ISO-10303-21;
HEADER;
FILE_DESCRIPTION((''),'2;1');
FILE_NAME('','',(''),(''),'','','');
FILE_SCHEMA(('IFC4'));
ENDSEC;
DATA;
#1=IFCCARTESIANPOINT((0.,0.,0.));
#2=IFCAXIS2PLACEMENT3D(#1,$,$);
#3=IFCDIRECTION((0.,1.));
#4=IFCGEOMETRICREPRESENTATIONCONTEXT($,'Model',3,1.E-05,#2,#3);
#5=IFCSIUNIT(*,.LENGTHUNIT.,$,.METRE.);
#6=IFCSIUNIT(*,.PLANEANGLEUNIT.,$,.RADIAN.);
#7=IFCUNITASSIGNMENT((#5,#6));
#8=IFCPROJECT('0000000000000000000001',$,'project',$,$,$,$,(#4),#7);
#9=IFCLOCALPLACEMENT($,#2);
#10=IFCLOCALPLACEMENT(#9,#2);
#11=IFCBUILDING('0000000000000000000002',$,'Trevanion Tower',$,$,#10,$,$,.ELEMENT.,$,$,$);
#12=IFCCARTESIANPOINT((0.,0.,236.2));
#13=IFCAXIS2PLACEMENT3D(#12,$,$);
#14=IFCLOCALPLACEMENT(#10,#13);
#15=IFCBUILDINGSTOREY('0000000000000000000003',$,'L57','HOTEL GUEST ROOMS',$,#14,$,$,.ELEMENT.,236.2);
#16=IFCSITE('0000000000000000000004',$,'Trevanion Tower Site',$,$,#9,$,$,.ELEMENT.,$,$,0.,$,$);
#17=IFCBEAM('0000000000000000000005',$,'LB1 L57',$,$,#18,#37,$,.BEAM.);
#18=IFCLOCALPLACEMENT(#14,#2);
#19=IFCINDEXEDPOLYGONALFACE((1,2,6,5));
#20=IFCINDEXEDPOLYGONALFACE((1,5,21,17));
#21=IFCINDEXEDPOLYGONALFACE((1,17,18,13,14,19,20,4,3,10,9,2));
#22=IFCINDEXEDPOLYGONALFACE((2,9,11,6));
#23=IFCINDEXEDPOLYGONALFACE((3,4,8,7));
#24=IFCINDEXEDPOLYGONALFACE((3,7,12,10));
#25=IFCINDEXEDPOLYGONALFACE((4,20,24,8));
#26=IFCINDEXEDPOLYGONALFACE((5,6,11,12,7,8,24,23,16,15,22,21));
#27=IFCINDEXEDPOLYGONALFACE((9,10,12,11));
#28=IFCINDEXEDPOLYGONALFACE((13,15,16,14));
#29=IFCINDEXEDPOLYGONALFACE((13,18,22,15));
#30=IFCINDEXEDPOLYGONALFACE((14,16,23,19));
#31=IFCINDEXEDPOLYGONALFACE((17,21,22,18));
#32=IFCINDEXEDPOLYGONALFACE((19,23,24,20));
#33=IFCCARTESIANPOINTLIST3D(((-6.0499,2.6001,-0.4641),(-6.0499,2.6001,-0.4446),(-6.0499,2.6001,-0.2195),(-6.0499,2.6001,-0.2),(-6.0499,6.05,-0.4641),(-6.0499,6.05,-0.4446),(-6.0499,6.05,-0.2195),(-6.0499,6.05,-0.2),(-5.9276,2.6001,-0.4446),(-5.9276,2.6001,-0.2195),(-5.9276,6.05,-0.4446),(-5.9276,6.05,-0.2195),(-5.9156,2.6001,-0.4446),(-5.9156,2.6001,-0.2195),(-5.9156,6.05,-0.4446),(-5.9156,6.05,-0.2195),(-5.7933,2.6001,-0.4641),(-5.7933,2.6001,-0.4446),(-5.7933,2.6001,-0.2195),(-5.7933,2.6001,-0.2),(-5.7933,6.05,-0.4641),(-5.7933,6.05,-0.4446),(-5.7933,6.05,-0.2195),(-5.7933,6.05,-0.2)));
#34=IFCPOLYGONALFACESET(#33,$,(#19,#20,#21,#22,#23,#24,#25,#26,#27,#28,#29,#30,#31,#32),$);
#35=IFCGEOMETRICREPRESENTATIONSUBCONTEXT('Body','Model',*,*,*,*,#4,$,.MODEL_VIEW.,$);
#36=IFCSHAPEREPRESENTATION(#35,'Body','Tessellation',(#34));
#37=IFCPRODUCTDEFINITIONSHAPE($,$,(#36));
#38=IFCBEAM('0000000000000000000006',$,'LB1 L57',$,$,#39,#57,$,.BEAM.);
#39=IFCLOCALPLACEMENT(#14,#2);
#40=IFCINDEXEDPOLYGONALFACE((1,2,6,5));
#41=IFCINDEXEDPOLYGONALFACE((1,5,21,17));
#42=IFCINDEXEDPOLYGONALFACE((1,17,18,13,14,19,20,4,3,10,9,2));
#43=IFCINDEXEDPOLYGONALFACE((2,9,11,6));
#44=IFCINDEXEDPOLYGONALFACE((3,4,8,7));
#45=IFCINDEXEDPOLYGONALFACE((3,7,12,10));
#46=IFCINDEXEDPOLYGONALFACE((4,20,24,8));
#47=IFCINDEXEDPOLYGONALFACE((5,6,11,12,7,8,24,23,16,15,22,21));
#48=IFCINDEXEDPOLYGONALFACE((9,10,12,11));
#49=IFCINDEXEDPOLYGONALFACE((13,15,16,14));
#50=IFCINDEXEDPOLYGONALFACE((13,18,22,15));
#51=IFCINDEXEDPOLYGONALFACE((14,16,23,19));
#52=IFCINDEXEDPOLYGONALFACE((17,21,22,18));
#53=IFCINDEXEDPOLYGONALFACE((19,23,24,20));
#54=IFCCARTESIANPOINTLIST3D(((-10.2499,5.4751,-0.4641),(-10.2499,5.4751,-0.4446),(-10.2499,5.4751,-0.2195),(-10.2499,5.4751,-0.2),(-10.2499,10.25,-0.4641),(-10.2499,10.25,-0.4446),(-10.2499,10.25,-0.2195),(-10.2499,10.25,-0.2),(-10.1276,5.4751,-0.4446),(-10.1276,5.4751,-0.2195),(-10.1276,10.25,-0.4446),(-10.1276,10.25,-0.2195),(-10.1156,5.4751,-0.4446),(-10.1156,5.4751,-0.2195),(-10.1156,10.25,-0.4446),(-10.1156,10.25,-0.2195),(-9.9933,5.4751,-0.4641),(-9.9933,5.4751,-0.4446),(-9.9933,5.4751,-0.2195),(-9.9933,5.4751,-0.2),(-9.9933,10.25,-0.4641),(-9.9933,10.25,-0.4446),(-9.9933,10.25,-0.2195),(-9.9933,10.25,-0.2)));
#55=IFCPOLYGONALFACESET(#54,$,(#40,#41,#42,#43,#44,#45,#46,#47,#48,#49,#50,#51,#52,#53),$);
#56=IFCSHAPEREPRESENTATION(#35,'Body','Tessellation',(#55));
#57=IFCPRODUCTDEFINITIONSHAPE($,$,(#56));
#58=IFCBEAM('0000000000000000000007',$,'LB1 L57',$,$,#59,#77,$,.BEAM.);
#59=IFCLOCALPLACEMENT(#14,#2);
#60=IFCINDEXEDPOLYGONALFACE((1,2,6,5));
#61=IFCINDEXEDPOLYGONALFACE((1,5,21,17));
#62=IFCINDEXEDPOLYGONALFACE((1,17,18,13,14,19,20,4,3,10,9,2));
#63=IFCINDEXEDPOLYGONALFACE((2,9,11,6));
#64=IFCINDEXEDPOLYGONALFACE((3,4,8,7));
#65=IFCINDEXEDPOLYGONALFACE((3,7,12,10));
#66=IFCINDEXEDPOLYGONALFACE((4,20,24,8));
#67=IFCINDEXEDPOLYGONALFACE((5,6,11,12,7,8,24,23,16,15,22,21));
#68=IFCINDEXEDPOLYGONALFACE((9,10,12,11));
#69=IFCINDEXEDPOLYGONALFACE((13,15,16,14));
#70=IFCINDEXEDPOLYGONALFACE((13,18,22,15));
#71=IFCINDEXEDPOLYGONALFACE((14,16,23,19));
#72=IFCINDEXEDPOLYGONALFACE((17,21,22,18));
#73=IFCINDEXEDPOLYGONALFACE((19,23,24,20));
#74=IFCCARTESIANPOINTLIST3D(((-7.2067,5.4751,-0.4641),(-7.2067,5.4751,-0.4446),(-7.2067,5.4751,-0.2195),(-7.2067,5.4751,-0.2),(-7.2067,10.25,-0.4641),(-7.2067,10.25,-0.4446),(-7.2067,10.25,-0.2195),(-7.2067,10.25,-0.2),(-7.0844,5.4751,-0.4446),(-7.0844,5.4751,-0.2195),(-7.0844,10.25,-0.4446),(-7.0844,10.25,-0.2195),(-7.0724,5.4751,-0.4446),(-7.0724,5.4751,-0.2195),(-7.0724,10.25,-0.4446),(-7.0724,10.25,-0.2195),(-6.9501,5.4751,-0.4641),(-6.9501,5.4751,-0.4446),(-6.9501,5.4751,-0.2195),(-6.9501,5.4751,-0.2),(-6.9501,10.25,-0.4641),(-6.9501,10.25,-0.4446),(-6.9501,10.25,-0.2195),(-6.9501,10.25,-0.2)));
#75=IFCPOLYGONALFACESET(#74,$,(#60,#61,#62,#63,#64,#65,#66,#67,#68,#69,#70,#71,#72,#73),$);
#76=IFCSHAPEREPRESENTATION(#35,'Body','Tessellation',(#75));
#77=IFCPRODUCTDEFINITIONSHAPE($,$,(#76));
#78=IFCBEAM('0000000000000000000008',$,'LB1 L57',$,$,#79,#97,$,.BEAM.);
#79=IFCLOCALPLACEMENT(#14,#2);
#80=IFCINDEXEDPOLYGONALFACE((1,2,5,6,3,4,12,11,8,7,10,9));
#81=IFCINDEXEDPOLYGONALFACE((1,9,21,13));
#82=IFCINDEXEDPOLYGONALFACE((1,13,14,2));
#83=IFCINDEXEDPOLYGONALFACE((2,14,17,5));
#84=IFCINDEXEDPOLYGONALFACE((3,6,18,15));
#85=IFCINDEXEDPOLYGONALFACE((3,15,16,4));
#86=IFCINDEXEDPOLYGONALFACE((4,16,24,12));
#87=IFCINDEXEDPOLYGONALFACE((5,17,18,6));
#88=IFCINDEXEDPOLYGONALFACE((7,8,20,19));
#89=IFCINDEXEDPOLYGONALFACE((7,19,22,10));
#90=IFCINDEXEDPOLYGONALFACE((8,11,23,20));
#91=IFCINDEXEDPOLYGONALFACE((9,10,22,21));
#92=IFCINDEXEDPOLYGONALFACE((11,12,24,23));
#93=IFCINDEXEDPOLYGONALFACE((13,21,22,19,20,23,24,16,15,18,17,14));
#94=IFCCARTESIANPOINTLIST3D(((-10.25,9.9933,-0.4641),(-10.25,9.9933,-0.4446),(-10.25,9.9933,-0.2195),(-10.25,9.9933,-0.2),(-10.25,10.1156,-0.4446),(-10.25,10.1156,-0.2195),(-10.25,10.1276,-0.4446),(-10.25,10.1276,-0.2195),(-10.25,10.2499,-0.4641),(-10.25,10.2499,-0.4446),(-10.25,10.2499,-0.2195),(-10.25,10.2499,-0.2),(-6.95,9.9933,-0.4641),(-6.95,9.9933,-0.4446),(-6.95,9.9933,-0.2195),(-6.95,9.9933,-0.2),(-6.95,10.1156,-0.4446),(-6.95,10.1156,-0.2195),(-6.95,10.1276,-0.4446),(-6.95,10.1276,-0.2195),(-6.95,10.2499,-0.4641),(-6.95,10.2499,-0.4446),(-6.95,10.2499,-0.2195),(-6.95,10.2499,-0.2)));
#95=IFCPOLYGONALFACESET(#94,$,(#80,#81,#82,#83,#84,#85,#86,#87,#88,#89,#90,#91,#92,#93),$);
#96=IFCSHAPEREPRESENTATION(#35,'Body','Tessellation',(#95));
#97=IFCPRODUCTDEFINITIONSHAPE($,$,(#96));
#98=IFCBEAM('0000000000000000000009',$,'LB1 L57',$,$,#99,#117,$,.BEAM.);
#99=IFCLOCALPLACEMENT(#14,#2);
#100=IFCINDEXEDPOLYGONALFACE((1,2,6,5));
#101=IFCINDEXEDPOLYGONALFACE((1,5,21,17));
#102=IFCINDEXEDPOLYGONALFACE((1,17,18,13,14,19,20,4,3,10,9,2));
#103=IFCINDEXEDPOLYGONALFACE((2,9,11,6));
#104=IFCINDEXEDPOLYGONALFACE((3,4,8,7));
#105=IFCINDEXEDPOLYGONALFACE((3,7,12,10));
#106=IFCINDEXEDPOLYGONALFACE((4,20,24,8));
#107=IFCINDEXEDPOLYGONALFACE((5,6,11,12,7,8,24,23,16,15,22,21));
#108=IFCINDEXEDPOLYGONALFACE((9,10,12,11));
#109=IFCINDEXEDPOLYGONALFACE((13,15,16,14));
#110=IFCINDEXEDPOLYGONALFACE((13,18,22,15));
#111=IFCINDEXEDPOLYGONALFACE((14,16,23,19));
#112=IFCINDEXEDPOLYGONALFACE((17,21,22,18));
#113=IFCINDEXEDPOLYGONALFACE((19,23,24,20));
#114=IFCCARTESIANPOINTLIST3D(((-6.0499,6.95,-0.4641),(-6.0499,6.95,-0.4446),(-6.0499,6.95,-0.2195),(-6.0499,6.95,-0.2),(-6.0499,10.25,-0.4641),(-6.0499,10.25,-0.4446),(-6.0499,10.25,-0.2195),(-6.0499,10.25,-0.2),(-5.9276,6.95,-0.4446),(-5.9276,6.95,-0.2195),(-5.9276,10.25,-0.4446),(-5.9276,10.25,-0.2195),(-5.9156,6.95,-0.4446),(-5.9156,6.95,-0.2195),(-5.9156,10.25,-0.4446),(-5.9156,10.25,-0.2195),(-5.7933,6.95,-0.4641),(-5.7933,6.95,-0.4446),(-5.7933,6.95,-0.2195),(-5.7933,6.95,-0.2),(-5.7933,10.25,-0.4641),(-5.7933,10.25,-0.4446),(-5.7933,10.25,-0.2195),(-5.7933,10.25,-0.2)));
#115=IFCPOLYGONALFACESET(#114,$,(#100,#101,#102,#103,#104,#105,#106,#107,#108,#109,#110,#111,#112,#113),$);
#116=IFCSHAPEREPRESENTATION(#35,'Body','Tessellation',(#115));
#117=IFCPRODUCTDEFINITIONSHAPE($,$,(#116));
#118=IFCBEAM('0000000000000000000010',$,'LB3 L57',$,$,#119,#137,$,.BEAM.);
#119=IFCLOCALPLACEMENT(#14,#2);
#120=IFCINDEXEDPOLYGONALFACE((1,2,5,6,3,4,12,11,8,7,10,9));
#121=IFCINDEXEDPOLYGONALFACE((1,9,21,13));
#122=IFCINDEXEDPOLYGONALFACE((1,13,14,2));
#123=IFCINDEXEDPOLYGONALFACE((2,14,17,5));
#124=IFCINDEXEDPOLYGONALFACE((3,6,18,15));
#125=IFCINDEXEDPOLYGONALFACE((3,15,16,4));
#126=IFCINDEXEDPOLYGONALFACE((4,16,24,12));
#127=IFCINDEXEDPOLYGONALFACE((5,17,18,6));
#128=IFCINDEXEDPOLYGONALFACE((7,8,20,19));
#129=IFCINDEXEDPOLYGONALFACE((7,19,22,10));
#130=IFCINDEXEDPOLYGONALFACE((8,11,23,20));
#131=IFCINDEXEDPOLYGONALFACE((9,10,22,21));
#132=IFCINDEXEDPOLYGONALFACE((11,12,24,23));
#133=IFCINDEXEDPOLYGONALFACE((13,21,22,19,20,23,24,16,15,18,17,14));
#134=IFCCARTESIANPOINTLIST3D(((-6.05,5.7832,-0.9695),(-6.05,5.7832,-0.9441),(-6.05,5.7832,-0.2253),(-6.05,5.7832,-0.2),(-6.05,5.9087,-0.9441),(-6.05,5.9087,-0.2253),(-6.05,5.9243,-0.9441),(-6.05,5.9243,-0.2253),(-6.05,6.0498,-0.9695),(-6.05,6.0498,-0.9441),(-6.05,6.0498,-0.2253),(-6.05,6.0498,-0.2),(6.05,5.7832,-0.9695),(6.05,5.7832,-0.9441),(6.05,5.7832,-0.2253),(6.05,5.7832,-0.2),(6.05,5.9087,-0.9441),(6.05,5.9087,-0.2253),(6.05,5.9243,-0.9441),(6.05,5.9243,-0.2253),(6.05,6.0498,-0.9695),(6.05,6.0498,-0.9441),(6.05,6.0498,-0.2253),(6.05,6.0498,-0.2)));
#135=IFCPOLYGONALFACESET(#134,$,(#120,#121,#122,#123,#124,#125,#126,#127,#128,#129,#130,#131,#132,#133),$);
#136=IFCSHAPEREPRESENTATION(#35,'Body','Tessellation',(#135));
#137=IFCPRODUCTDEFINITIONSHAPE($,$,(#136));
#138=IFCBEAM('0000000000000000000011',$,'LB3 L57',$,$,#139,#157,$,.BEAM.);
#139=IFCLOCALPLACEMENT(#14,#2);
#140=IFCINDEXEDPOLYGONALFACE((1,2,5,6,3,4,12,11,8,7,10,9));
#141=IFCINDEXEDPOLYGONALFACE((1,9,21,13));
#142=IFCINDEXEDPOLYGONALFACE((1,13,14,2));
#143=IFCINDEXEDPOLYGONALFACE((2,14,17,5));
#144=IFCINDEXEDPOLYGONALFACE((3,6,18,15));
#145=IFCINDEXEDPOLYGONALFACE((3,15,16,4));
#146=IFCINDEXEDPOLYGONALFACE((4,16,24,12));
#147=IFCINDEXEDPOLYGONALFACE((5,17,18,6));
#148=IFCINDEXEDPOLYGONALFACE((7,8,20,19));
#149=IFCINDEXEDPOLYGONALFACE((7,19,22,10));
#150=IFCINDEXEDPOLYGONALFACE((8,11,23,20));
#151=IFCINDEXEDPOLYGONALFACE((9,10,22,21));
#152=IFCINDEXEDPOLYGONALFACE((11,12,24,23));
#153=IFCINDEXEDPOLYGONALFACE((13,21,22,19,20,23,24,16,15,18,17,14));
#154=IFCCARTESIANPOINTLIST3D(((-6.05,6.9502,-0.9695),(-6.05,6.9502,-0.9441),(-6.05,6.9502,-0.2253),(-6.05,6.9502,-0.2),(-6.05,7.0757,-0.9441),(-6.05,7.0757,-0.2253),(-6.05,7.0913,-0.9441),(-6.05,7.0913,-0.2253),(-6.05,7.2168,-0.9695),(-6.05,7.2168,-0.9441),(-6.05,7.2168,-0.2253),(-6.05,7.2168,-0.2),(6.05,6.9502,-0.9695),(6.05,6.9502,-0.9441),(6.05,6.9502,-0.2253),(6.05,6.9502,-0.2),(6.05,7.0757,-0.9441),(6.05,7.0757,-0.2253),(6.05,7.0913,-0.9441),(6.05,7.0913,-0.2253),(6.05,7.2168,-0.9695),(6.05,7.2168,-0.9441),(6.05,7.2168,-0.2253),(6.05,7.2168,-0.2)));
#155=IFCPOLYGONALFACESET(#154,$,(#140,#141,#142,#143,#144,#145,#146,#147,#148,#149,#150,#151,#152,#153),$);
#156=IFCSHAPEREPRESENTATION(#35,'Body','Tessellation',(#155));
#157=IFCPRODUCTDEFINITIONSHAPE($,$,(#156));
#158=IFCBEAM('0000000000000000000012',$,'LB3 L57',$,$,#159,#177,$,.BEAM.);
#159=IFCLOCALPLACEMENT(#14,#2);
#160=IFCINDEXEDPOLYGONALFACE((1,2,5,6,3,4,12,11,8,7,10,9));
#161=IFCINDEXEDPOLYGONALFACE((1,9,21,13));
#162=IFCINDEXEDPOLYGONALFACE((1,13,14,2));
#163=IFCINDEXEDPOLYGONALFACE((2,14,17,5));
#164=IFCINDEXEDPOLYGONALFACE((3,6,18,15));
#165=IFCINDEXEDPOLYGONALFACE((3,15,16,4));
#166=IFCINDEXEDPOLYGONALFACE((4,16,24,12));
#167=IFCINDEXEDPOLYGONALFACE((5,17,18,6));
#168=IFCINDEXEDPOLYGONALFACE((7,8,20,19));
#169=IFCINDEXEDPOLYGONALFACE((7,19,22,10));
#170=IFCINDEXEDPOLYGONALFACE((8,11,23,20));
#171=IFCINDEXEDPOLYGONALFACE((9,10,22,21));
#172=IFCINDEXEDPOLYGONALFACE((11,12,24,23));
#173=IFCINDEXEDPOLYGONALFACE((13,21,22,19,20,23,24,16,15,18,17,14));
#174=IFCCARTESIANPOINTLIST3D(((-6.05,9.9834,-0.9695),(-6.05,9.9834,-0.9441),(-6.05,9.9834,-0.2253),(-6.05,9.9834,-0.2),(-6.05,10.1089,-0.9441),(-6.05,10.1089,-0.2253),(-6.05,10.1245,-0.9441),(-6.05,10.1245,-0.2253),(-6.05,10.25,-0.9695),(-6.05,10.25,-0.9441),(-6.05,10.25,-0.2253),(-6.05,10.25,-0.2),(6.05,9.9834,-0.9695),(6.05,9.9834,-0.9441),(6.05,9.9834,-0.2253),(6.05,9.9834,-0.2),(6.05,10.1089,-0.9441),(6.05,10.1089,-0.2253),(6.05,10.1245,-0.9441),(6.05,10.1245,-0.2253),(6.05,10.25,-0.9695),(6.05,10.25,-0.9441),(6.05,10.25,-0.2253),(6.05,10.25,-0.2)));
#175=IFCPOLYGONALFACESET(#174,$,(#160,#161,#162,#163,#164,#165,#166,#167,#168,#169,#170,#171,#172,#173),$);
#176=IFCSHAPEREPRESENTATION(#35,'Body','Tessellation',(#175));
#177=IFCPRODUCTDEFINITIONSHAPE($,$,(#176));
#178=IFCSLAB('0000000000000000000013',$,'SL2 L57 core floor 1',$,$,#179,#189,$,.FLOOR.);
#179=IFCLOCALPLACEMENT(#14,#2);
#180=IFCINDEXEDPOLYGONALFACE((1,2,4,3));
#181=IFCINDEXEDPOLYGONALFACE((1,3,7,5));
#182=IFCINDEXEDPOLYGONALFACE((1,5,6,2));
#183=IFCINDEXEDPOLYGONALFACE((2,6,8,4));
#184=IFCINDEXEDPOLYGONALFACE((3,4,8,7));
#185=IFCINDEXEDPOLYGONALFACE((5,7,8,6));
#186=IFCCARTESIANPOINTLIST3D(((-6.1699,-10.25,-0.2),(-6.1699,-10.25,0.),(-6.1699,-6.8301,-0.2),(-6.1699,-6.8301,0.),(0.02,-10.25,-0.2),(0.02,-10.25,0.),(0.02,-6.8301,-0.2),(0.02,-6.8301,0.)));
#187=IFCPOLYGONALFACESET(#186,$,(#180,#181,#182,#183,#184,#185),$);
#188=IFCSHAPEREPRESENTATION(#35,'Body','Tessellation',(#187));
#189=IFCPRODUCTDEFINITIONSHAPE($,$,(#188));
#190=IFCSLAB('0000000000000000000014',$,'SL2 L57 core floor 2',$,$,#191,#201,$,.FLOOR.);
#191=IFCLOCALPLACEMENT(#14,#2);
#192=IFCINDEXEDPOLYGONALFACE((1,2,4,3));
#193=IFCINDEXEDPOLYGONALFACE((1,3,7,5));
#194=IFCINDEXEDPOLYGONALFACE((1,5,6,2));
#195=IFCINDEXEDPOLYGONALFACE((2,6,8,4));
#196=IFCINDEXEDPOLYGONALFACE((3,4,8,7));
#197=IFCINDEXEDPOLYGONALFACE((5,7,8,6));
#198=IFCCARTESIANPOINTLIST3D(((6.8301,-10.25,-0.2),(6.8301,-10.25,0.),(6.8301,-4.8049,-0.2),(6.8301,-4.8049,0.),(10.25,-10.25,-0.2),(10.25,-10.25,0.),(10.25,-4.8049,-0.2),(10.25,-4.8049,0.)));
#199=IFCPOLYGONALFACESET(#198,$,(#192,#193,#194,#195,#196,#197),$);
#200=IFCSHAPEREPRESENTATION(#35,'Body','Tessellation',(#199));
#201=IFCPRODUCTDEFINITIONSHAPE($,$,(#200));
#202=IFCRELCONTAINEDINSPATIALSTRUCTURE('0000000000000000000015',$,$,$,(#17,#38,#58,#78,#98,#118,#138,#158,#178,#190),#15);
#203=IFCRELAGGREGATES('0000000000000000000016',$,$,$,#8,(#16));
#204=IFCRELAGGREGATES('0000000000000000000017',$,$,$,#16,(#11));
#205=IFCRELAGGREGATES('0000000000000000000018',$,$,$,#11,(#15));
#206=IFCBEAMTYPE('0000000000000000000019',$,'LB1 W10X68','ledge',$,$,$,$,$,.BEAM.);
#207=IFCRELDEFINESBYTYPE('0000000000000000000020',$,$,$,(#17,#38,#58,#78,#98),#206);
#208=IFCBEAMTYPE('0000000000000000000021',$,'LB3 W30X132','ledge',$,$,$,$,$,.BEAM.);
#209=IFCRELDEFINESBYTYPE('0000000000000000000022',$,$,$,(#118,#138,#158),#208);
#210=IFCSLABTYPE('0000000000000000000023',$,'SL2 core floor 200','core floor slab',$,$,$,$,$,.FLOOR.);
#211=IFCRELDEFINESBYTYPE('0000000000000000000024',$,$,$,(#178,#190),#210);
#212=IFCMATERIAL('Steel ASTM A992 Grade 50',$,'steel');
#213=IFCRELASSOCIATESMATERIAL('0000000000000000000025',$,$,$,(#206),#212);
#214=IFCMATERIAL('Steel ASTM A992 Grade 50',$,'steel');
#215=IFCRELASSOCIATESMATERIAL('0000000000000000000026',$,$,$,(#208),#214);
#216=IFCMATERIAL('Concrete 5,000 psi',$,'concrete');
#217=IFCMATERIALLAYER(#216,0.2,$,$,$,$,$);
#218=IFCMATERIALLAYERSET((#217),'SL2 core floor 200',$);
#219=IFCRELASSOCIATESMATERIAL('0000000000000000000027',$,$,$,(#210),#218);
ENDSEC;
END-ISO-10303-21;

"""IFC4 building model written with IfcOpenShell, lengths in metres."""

from ifc_helpers import new_model, si_unit, direction, frame, origin, origin_2d, place, context, subcontext, project, spatial, polyline, i_section, outline, extrude, material, layer, layer_set, material_profile, profile_set, type_object, element, save


model = new_model("IFC4")

# Units and contexts
model_context = context("Model", 3, precision=1e-05, world=origin(), true_north=direction((0.0, 1.0)))
body_context = subcontext(model_context, "Body", "Model", "MODEL_VIEW")
ifc_project = project(units=[si_unit("LENGTHUNIT", "METRE"), si_unit("PLANEANGLEUNIT", "RADIAN")], contexts=[model_context])

# Site, building, storey
site_placement = place(None, origin())
site = spatial("IfcSite", under=ifc_project, at=site_placement, Name="Trevanion Tower Site", CompositionType="ELEMENT", RefElevation=0.0)
building_placement = place(site_placement, origin())
building = spatial("IfcBuilding", under=site, at=building_placement, Name="Trevanion Tower", CompositionType="ELEMENT")
storey_placement = place(building_placement, frame((0.0, 0.0, 236.2)))
storey = spatial("IfcBuildingStorey", under=building, at=storey_placement, Name="L57", Description="HOTEL GUEST ROOMS", CompositionType="ELEMENT", Elevation=236.2)

# Beams
ifc_material_1 = material(Name="Steel ASTM A992 Grade 50", Category="steel")
ifc_material_profile_1 = material_profile(ifc_material_1, i_section(OverallWidth=0.2566, OverallDepth=0.2642, WebThickness=0.012, FlangeThickness=0.0195, at=origin_2d()), Name="W10X68")
ifc_profile_set_1 = profile_set([ifc_material_profile_1], Name="Steel ASTM A992 Grade 50")
beam_type_1 = type_object("IfcBeamType", Name="LB1 W10X68", Description="ledge", PredefinedType="BEAM", material=ifc_profile_set_1)
beam_placement = place(storey_placement, frame((-5.9216, 2.6001, -0.332), z_axis=(0.0, 1.0, 0.0), x_axis=(-1.0, 0.0, 0.0)))
element("IfcBeam", 1, at=beam_placement, inside=storey, type_object=beam_type_1, Name="LB1 L57", PredefinedType="BEAM", context=body_context, shape_type="SweptSolid", body=[
    extrude(i_section(OverallWidth=0.2566, OverallDepth=0.2642, WebThickness=0.012, FlangeThickness=0.0195, at=origin_2d()), origin(), (0.0, 0.0, 1.0), 3.45),
])
for number, where, z_axis, x_axis, name in (
    (2, (-10.1216, 5.4751, -0.332), (0.0, 1.0, 0.0), (-1.0, 0.0, 0.0), "LB1 L57"),
    (3, (-7.0784, 5.4751, -0.332), (0.0, 1.0, 0.0), (-1.0, 0.0, 0.0), "LB1 L57"),
):
    element("IfcBeam", number, at=place(storey_placement, frame(where, z_axis=z_axis, x_axis=x_axis)), inside=storey, type_object=beam_type_1, Name=name, PredefinedType="BEAM", context=body_context, shape_type="SweptSolid", body=[
        extrude(i_section(OverallWidth=0.2566, OverallDepth=0.2642, WebThickness=0.012, FlangeThickness=0.0195, at=origin_2d()), origin(), (0.0, 0.0, 1.0), 4.7749),
    ])
for number, where, z_axis, x_axis, name in (
    (4, (-10.25, 10.1216, -0.332), (1.0, 0.0, 0.0), (0.0, 1.0, 0.0), "LB1 L57"),
    (5, (-5.9216, 6.95, -0.332), (0.0, 1.0, 0.0), (-1.0, 0.0, 0.0), "LB1 L57"),
):
    element("IfcBeam", number, at=place(storey_placement, frame(where, z_axis=z_axis, x_axis=x_axis)), inside=storey, type_object=beam_type_1, Name=name, PredefinedType="BEAM", context=body_context, shape_type="SweptSolid", body=[
        extrude(i_section(OverallWidth=0.2566, OverallDepth=0.2642, WebThickness=0.012, FlangeThickness=0.0195, at=origin_2d()), origin(), (0.0, 0.0, 1.0), 3.3),
    ])
ifc_material_2 = material(Name="Steel ASTM A992 Grade 50", Category="steel")
ifc_material_profile_2 = material_profile(ifc_material_2, i_section(OverallWidth=0.2666, OverallDepth=0.7695, WebThickness=0.0156, FlangeThickness=0.0254, at=origin_2d()), Name="W30X132")
ifc_profile_set_2 = profile_set([ifc_material_profile_2], Name="Steel ASTM A992 Grade 50")
beam_type_2 = type_object("IfcBeamType", Name="LB3 W30X132", Description="ledge", PredefinedType="BEAM", material=ifc_profile_set_2)
for number, where, z_axis, x_axis, name in (
    (6, (-6.05, 5.9165, -0.5847), (1.0, 0.0, 0.0), (0.0, 1.0, 0.0), "LB3 L57"),
    (7, (-6.05, 7.0835, -0.5847), (1.0, 0.0, 0.0), (0.0, 1.0, 0.0), "LB3 L57"),
    (8, (-6.05, 10.1167, -0.5847), (1.0, 0.0, 0.0), (0.0, 1.0, 0.0), "LB3 L57"),
):
    element("IfcBeam", number, at=place(storey_placement, frame(where, z_axis=z_axis, x_axis=x_axis)), inside=storey, type_object=beam_type_2, Name=name, PredefinedType="BEAM", context=body_context, shape_type="SweptSolid", body=[
        extrude(i_section(OverallWidth=0.2666, OverallDepth=0.7695, WebThickness=0.0156, FlangeThickness=0.0254, at=origin_2d()), origin(), (0.0, 0.0, 1.0), 12.1001),
    ])

# Slabs
ifc_material_3 = material(Name="Concrete 5,000 psi", Category="concrete")
ifc_layer_1 = layer(ifc_material_3, 0.2)
ifc_layer_set_1 = layer_set([ifc_layer_1], Name="SL2 core floor 200")
slab_type = type_object("IfcSlabType", Name="SL2 core floor 200", Description="core floor slab", PredefinedType="FLOOR", material=ifc_layer_set_1)
slab_1_placement = place(storey_placement, frame((0.0, 0.0, -0.2)))
element("IfcSlab", 9, at=slab_1_placement, inside=storey, type_object=slab_type, Name="SL2 L57 core floor 1", PredefinedType="FLOOR", context=body_context, shape_type="SweptSolid", body=[
    extrude(outline(polyline([(0.02, -10.25), (-6.1699, -10.25), (-6.1699, -6.8301), (0.02, -6.8301), (0.02, -10.25)])), origin(), (0.0, 0.0, 1.0), 0.2),
])
slab_2_placement = place(storey_placement, frame((0.0, 0.0, -0.2)))
element("IfcSlab", 10, at=slab_2_placement, inside=storey, type_object=slab_type, Name="SL2 L57 core floor 2", PredefinedType="FLOOR", context=body_context, shape_type="SweptSolid", body=[
    extrude(outline(polyline([(6.8301, -4.8049), (10.25, -4.8049), (10.25, -10.25), (6.8301, -10.25), (6.8301, -4.8049)])), origin(), (0.0, 0.0, 1.0), 0.2),
])

save(model, "model.ifc")
